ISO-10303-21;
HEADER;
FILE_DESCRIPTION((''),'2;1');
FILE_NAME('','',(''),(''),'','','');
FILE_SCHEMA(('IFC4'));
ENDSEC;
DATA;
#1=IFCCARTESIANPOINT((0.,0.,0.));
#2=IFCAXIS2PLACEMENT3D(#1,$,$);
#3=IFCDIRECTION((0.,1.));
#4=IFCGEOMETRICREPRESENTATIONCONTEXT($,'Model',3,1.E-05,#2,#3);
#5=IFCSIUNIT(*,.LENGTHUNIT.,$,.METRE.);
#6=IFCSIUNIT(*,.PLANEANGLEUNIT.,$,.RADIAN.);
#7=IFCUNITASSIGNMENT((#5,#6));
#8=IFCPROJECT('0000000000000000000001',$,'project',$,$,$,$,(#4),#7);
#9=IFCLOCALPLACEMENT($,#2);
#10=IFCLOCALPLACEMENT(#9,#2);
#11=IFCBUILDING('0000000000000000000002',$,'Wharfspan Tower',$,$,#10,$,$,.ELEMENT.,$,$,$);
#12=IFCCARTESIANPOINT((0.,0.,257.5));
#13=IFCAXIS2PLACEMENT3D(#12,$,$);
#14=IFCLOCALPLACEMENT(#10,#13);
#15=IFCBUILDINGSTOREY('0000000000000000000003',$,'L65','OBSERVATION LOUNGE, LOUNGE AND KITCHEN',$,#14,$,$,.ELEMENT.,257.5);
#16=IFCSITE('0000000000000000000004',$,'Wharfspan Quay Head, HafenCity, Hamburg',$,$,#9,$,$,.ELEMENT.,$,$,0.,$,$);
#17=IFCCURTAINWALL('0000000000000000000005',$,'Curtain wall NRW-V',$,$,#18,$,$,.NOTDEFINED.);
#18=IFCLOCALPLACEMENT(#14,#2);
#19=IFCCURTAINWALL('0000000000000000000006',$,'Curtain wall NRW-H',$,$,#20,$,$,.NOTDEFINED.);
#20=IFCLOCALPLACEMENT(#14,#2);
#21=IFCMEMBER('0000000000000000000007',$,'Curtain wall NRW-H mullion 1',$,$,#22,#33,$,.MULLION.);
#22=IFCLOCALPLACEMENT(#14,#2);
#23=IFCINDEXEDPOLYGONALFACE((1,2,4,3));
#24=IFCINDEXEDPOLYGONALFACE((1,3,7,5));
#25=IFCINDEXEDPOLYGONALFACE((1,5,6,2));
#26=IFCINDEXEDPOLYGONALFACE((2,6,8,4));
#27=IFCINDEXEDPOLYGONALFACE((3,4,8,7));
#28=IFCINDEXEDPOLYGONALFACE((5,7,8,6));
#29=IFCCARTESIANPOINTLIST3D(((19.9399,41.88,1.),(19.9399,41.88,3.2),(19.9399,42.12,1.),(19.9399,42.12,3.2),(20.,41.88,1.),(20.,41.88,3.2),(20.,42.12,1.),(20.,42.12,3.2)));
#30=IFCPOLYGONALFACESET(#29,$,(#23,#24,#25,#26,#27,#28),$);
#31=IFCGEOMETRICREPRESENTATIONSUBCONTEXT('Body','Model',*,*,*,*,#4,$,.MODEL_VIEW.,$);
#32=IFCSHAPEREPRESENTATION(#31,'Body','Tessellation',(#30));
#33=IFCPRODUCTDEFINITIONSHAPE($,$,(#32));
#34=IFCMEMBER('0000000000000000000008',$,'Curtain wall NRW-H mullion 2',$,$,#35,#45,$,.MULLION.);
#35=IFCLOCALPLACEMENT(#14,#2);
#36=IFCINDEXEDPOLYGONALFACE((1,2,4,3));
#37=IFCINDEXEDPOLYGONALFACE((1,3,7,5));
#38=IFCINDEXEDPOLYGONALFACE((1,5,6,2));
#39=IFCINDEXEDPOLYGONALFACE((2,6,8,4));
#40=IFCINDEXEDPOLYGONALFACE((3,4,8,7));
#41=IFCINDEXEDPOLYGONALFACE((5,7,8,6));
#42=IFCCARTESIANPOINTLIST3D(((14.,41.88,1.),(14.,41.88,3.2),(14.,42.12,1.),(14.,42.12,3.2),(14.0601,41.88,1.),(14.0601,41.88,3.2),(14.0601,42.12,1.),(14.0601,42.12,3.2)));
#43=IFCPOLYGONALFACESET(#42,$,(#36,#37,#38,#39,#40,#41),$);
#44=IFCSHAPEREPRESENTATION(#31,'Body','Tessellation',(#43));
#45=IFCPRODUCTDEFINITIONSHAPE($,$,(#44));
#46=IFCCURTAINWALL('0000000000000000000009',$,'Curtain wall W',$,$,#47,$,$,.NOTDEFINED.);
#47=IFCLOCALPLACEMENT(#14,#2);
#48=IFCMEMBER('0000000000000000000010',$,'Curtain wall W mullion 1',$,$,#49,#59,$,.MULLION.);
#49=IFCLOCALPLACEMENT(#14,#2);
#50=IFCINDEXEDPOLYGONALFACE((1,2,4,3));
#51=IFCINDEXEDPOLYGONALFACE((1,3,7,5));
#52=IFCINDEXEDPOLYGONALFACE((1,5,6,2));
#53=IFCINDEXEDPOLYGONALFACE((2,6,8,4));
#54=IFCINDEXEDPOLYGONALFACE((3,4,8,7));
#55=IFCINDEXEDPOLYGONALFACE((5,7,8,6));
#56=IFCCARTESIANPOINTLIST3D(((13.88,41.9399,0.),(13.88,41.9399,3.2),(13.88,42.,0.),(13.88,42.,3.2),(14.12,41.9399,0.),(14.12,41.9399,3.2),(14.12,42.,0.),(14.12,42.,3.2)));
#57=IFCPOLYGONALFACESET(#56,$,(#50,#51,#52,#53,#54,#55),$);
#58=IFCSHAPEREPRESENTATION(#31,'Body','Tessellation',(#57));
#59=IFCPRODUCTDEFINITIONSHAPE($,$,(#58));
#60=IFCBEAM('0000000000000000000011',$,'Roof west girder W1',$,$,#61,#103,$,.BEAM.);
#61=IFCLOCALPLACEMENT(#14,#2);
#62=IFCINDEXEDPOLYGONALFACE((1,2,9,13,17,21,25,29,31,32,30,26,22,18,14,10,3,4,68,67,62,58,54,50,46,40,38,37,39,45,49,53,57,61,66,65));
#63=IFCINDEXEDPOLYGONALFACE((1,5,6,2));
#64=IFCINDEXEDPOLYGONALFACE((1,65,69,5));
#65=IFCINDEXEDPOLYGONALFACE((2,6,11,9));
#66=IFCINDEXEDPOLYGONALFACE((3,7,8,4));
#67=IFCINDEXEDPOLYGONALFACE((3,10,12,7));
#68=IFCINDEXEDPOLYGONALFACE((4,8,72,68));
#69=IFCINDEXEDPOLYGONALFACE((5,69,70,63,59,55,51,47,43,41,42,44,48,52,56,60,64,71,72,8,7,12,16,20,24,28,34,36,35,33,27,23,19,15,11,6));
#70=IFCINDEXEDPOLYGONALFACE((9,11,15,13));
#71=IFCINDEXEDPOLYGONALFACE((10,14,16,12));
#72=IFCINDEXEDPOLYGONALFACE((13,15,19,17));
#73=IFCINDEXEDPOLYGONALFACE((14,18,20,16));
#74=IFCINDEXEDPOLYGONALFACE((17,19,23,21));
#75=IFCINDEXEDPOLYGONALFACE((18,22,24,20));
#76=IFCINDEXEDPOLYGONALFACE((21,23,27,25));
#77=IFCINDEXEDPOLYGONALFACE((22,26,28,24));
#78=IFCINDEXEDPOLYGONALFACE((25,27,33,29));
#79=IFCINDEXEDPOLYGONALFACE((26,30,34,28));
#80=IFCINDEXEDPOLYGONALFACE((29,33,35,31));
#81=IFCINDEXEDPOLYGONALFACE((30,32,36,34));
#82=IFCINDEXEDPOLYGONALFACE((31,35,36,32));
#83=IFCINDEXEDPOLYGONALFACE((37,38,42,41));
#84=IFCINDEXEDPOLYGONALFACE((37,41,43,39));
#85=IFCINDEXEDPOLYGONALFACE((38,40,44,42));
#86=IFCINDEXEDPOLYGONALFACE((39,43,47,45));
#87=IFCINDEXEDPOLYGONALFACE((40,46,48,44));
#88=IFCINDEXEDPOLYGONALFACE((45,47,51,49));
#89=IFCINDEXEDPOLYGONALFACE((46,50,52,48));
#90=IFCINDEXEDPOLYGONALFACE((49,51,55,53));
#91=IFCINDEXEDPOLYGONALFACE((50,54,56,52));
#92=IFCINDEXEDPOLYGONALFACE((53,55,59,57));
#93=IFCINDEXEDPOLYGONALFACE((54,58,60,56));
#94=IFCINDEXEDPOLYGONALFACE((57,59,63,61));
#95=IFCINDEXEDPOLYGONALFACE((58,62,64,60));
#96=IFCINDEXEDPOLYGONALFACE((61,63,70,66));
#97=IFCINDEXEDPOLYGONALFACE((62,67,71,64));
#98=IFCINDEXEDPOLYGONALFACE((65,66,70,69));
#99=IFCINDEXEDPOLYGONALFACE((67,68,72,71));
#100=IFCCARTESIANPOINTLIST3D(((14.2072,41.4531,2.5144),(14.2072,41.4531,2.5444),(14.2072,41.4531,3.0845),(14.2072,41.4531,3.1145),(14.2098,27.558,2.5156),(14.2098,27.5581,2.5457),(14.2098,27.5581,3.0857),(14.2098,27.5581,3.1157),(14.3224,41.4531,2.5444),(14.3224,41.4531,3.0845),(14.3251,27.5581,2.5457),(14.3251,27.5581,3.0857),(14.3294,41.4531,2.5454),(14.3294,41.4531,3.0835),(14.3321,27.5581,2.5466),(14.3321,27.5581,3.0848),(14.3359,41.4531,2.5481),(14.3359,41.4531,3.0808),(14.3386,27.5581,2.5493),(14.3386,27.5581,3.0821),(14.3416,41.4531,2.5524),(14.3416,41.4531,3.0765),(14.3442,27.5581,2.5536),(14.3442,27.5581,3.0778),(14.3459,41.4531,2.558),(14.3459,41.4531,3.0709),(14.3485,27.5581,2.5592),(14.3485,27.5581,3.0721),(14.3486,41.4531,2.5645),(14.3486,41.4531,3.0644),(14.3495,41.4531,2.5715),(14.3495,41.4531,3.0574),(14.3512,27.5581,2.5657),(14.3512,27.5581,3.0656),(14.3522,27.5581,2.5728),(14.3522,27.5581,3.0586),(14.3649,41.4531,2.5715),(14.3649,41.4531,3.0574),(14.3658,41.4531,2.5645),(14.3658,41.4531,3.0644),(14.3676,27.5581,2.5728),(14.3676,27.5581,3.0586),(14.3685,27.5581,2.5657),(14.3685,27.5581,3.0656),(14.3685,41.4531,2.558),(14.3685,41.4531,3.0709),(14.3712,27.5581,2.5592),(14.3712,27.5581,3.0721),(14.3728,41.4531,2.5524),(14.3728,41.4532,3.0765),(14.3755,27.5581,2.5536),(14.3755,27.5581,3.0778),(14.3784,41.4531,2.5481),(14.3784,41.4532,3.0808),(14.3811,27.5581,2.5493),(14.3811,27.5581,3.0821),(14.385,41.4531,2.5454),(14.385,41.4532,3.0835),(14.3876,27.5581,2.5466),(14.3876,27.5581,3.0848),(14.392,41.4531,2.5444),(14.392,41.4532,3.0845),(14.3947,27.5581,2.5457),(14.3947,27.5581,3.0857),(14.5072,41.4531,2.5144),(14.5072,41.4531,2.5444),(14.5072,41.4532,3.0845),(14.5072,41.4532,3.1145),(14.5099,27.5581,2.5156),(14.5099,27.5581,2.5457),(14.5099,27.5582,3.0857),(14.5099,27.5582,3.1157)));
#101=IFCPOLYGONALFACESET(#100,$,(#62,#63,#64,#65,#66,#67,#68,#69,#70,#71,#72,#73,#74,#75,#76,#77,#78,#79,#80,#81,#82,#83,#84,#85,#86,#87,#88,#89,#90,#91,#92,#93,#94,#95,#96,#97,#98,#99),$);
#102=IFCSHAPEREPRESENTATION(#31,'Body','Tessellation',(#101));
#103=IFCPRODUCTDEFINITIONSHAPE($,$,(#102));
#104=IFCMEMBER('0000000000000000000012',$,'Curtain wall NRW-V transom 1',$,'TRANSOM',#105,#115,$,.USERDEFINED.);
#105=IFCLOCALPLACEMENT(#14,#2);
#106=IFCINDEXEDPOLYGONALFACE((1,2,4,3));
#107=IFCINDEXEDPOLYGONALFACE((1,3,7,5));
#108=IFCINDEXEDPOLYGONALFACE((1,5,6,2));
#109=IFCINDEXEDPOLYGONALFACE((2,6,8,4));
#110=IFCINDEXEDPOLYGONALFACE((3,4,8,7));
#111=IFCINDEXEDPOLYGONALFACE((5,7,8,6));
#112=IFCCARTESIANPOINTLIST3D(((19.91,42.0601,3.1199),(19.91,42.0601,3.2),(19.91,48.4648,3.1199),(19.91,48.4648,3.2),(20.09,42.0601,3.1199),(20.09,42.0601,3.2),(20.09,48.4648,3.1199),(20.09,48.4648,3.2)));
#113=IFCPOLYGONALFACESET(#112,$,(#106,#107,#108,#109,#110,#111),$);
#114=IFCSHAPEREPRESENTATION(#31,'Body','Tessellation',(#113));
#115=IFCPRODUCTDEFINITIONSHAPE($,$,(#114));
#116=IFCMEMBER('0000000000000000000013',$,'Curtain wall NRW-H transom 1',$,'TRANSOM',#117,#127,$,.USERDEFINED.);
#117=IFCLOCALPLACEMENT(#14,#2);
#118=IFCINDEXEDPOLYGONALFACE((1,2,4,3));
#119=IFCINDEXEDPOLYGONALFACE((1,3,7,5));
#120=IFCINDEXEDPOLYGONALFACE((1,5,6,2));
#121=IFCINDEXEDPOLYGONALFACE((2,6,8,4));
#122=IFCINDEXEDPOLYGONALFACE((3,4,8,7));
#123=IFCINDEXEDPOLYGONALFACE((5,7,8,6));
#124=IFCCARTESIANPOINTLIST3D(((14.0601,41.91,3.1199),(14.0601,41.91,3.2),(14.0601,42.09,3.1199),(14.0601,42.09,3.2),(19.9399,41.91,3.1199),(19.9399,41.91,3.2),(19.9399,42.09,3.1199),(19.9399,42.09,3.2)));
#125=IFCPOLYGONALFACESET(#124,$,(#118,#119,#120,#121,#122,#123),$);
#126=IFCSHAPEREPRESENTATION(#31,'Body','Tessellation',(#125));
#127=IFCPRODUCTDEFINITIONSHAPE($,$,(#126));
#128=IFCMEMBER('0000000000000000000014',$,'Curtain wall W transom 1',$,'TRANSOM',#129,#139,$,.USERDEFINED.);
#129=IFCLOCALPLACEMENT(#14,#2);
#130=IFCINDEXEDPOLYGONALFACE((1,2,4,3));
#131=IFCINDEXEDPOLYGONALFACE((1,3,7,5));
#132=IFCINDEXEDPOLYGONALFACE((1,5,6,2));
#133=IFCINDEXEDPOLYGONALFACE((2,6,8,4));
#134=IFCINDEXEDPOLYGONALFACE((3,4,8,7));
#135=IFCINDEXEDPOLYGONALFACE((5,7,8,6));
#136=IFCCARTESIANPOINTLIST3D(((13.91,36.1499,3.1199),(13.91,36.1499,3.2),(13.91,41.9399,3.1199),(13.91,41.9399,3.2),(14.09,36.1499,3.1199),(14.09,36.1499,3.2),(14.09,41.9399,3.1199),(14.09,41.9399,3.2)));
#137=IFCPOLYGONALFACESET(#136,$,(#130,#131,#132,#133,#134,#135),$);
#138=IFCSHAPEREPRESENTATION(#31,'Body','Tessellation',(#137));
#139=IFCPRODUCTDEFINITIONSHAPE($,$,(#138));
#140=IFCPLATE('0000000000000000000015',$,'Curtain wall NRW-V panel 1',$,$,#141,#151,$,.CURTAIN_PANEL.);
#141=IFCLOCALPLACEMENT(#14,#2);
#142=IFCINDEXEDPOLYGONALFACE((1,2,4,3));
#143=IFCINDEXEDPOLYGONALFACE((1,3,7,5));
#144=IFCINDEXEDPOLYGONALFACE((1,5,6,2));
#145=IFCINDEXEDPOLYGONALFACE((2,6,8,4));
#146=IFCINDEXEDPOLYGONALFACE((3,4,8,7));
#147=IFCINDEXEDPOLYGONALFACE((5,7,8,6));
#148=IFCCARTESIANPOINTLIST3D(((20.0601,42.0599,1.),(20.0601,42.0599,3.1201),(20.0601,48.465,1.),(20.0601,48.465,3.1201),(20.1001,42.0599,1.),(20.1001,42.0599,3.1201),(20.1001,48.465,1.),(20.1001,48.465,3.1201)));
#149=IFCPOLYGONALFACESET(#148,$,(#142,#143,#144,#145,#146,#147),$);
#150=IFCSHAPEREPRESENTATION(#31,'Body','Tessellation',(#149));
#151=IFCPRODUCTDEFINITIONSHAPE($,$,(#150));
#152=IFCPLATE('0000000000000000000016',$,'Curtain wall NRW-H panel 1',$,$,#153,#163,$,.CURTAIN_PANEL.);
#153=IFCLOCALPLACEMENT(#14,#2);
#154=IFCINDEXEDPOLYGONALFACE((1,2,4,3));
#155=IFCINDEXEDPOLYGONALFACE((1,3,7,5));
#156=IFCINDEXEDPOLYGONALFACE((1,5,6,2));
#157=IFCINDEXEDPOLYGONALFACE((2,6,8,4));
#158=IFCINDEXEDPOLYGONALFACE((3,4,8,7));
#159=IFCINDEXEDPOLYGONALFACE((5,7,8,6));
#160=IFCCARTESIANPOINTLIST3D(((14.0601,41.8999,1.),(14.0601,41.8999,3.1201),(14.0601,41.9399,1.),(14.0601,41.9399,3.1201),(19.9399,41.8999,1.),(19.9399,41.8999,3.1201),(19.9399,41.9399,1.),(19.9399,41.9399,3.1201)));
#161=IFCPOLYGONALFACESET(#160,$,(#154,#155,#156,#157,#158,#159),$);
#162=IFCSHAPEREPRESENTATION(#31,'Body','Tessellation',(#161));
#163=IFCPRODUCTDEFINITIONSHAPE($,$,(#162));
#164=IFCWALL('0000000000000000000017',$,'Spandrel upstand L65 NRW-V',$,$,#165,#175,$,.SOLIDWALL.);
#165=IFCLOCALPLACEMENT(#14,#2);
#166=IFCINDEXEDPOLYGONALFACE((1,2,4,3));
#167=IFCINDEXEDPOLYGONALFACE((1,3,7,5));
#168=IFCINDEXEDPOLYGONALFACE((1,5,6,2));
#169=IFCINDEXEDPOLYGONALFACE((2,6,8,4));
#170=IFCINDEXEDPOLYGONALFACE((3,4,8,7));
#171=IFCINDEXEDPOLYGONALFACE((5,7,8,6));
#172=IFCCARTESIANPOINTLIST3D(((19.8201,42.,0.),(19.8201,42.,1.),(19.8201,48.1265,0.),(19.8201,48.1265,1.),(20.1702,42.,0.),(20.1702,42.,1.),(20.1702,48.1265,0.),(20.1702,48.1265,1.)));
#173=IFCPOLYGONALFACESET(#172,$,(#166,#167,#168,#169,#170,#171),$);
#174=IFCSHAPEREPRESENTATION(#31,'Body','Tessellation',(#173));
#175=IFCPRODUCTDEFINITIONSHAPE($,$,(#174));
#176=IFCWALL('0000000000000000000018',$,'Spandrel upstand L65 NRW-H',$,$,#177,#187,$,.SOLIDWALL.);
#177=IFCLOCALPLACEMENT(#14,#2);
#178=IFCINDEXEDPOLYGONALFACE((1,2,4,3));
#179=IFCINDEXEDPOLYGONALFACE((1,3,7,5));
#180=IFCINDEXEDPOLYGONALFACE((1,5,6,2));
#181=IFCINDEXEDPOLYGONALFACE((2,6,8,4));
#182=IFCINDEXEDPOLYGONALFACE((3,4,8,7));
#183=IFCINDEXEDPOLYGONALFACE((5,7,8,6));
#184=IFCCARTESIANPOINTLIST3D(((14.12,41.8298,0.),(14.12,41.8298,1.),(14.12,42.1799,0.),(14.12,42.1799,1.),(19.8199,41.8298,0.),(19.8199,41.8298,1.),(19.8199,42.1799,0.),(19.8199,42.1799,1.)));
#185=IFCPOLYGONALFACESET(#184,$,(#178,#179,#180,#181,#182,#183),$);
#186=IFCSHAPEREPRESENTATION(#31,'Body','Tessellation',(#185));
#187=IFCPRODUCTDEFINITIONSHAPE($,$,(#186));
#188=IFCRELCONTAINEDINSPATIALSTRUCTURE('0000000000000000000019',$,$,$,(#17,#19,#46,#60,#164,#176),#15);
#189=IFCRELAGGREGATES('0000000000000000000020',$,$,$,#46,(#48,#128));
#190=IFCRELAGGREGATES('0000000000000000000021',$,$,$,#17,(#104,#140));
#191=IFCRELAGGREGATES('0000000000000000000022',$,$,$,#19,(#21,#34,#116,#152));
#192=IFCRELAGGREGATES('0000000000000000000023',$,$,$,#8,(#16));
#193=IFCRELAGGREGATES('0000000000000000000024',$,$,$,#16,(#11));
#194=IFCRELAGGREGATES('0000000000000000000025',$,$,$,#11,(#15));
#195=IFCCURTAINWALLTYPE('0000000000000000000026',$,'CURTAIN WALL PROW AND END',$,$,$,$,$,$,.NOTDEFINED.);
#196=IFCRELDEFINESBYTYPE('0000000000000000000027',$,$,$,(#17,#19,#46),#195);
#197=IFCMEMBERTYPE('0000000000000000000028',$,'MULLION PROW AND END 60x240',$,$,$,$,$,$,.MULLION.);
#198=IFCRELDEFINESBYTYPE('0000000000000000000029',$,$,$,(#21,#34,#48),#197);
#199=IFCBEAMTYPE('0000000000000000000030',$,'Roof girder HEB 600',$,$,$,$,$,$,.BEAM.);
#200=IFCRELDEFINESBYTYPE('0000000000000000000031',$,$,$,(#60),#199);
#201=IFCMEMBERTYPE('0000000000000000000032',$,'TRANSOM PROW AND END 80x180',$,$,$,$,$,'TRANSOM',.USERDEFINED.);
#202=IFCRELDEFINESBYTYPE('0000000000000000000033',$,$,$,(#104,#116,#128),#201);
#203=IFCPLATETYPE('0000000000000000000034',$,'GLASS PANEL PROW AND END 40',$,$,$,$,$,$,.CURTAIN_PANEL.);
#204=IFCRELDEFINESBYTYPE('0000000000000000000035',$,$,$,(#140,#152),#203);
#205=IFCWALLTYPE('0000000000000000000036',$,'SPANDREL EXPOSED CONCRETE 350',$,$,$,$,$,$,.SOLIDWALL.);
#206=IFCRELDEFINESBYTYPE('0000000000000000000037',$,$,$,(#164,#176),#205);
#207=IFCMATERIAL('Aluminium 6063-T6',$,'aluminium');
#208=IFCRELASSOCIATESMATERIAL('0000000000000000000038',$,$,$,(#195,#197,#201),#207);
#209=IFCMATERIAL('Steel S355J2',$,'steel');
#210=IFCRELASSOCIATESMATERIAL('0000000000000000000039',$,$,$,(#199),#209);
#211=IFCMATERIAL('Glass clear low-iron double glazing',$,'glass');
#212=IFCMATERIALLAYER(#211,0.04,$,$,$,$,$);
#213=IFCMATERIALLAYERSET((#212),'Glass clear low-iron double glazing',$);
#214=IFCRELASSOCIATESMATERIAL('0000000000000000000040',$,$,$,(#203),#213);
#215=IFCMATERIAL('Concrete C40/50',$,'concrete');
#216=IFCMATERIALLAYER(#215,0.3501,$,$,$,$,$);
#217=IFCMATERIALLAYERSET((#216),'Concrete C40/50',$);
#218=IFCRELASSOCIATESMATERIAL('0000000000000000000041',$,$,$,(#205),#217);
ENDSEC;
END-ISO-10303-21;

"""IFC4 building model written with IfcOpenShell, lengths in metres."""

from ifc_helpers import new_model, si_unit, direction, frame, frame_2d, origin, origin_2d, place, context, subcontext, project, spatial, rectangle, i_section, extrude, material, layer, layer_set, material_profile, profile_set, type_object, element, aggregate, save


model = new_model("IFC4")

# Units and contexts
model_context = context("Model", 3, precision=1e-05, world=origin(), true_north=direction((0.0, 1.0)))
body_context = subcontext(model_context, "Body", "Model", "MODEL_VIEW")
ifc_project = project(units=[si_unit("LENGTHUNIT", "METRE"), si_unit("PLANEANGLEUNIT", "RADIAN")], contexts=[model_context])

# Site, building, storey
site_placement = place(None, origin())
site = spatial("IfcSite", under=ifc_project, at=site_placement, Name="Wharfspan Quay Head, HafenCity, Hamburg", CompositionType="ELEMENT", RefElevation=0.0)
building_placement = place(site_placement, origin())
building = spatial("IfcBuilding", under=site, at=building_placement, Name="Wharfspan Tower", CompositionType="ELEMENT")
storey_placement = place(building_placement, frame((0.0, 0.0, 257.5)))
storey = spatial("IfcBuildingStorey", under=building, at=storey_placement, Name="L65", Description="OBSERVATION LOUNGE, LOUNGE AND KITCHEN", CompositionType="ELEMENT", Elevation=257.5)

# Shared definitions
ifc_material_1 = material(Name="Steel S355J2", Category="steel")

# Curtain walls, members
ifc_material_2 = material(Name="Aluminium 6063-T6", Category="aluminium")
curtain_wall_type = type_object("IfcCurtainWallType", Name="CURTAIN WALL PROW AND END", PredefinedType="NOTDEFINED", material=ifc_material_2)
curtain_wall_1_placement = place(storey_placement, origin())
curtain_wall_1 = element("IfcCurtainWall", 1, at=curtain_wall_1_placement, inside=storey, type_object=curtain_wall_type, Name="Curtain wall NRW-V", PredefinedType="NOTDEFINED")
ifc_material_profile_1 = material_profile(ifc_material_2, rectangle(XDim=0.24, YDim=0.0601, at=origin_2d()))
ifc_profile_set_1 = profile_set([ifc_material_profile_1], Name="Aluminium 6063-T6")
member_type_1 = type_object("IfcMemberType", Name="MULLION PROW AND END 60x240", PredefinedType="MULLION", material=ifc_profile_set_1)
curtain_wall_2_placement = place(storey_placement, origin())
curtain_wall_2 = element("IfcCurtainWall", 2, at=curtain_wall_2_placement, inside=storey, type_object=curtain_wall_type, Name="Curtain wall NRW-H", PredefinedType="NOTDEFINED")
member_1_placement = place(storey_placement, frame((19.97, 42.0, 1.0), z_axis=(0.0, 0.0, 1.0), x_axis=(0.0, -1.0, 0.0)))
member_1 = element("IfcMember", 3, at=member_1_placement, type_object=member_type_1, Name="Curtain wall NRW-H mullion 1", PredefinedType="MULLION", context=body_context, shape_type="SweptSolid", body=[
    extrude(rectangle(XDim=0.24, YDim=0.0601, at=origin_2d()), origin(), (0.0, 0.0, 1.0), 2.2),
])
member_2_placement = place(storey_placement, frame((14.03, 42.0, 1.0), z_axis=(0.0, 0.0, 1.0), x_axis=(0.0, -1.0, 0.0)))
member_2 = element("IfcMember", 4, at=member_2_placement, type_object=member_type_1, Name="Curtain wall NRW-H mullion 2", PredefinedType="MULLION", context=body_context, shape_type="SweptSolid", body=[
    extrude(rectangle(XDim=0.24, YDim=0.0601, at=origin_2d()), origin(), (0.0, 0.0, 1.0), 2.2),
])

# Curtain wall, member
curtain_wall_3_placement = place(storey_placement, origin())
curtain_wall_3 = element("IfcCurtainWall", 5, at=curtain_wall_3_placement, inside=storey, type_object=curtain_wall_type, Name="Curtain wall W", PredefinedType="NOTDEFINED")
member_3_placement = place(storey_placement, frame((14.0, 41.97, 0.0), z_axis=(0.0, 0.0, 1.0), x_axis=(1.0, 0.0, 0.0)))
member_3 = element("IfcMember", 6, at=member_3_placement, type_object=member_type_1, Name="Curtain wall W mullion 1", PredefinedType="MULLION", context=body_context, shape_type="SweptSolid", body=[
    extrude(rectangle(XDim=0.24, YDim=0.0601, at=origin_2d()), origin(), (0.0, 0.0, 1.0), 3.2),
])

# Beam
ifc_material_profile_2 = material_profile(ifc_material_1, i_section(OverallWidth=0.3, OverallDepth=0.6001, WebThickness=0.0154, FlangeThickness=0.03, FilletRadius=0.0271, at=origin_2d()))
ifc_profile_set_2 = profile_set([ifc_material_profile_2], Name="Steel S355J2")
beam_type_1 = type_object("IfcBeamType", Name="Roof girder HEB 600", PredefinedType="BEAM", material=ifc_profile_set_2)
beam_1_placement = place(storey_placement, frame((14.3572, 41.4531, 2.8145), z_axis=(0.000193, -1.0, 0.000088), x_axis=(1.0, 0.000193, 0.0)))
element("IfcBeam", 7, at=beam_1_placement, inside=storey, type_object=beam_type_1, Name="Roof west girder W1", PredefinedType="BEAM", context=body_context, shape_type="SweptSolid", body=[
    extrude(i_section(OverallWidth=0.3, OverallDepth=0.6001, WebThickness=0.0154, FlangeThickness=0.03, FilletRadius=0.0271, at=origin_2d()), origin(), (0.0, 0.0, 1.0), 13.895),
])

# Members
ifc_material_profile_3 = material_profile(ifc_material_2, rectangle(XDim=0.1799, YDim=0.0801, at=origin_2d()))
ifc_profile_set_3 = profile_set([ifc_material_profile_3], Name="Aluminium 6063-T6")
member_type_2 = type_object("IfcMemberType", Name="TRANSOM PROW AND END 80x180", ElementType="TRANSOM", PredefinedType="USERDEFINED", material=ifc_profile_set_3)
member_4_placement = place(storey_placement, frame((20.0, 48.4648, 3.1599), z_axis=(0.0, -1.0, 0.0), x_axis=(1.0, 0.0, 0.0)))
member_4 = element("IfcMember", 8, at=member_4_placement, type_object=member_type_2, Name="Curtain wall NRW-V transom 1", ObjectType="TRANSOM", PredefinedType="USERDEFINED", context=body_context, shape_type="SweptSolid", body=[
    extrude(rectangle(XDim=0.1799, YDim=0.0801, at=origin_2d()), origin(), (0.0, 0.0, 1.0), 6.4048),
])
member_5_placement = place(storey_placement, frame((19.9399, 42.0, 3.1599), z_axis=(-1.0, 0.0, 0.0), x_axis=(0.0, -1.0, 0.0)))
member_5 = element("IfcMember", 9, at=member_5_placement, type_object=member_type_2, Name="Curtain wall NRW-H transom 1", ObjectType="TRANSOM", PredefinedType="USERDEFINED", context=body_context, shape_type="SweptSolid", body=[
    extrude(rectangle(XDim=0.1799, YDim=0.0801, at=origin_2d()), origin(), (0.0, 0.0, 1.0), 5.8799),
])
member_6_placement = place(storey_placement, frame((14.0, 41.9399, 3.1599), z_axis=(0.0, -1.0, 0.0), x_axis=(1.0, 0.0, 0.0)))
member_6 = element("IfcMember", 10, at=member_6_placement, type_object=member_type_2, Name="Curtain wall W transom 1", ObjectType="TRANSOM", PredefinedType="USERDEFINED", context=body_context, shape_type="SweptSolid", body=[
    extrude(rectangle(XDim=0.1799, YDim=0.0801, at=origin_2d()), origin(), (0.0, 0.0, 1.0), 5.79),
])
aggregate(curtain_wall_3, [member_3, member_6])

# Plates
ifc_material_3 = material(Name="Glass clear low-iron double glazing", Category="glass")
ifc_layer_1 = layer(ifc_material_3, 0.04)
ifc_layer_set_1 = layer_set([ifc_layer_1], Name="Glass clear low-iron double glazing")
plate_type = type_object("IfcPlateType", Name="GLASS PANEL PROW AND END 40", PredefinedType="CURTAIN_PANEL", material=ifc_layer_set_1)
plate_1_placement = place(storey_placement, frame((20.0801, 45.2625, 1.0), z_axis=(0.0, 0.0, 1.0), x_axis=(0.0, -1.0, 0.0)))
plate_1 = element("IfcPlate", 11, at=plate_1_placement, type_object=plate_type, Name="Curtain wall NRW-V panel 1", PredefinedType="CURTAIN_PANEL", context=body_context, shape_type="SweptSolid", body=[
    extrude(rectangle(XDim=6.405, YDim=0.04, at=origin_2d()), origin(), (0.0, 0.0, 1.0), 2.1201),
])
aggregate(curtain_wall_1, [member_4, plate_1])
plate_2_placement = place(storey_placement, frame((17.0, 41.9199, 1.0), z_axis=(0.0, 0.0, 1.0), x_axis=(-1.0, 0.0, 0.0)))
plate_2 = element("IfcPlate", 12, at=plate_2_placement, type_object=plate_type, Name="Curtain wall NRW-H panel 1", PredefinedType="CURTAIN_PANEL", context=body_context, shape_type="SweptSolid", body=[
    extrude(rectangle(XDim=5.8799, YDim=0.04, at=origin_2d()), origin(), (0.0, 0.0, 1.0), 2.1201),
])
aggregate(curtain_wall_2, [member_1, member_2, member_5, plate_2])

# Walls
ifc_material_4 = material(Name="Concrete C40/50", Category="concrete")
ifc_layer_2 = layer(ifc_material_4, 0.3501)
ifc_layer_set_2 = layer_set([ifc_layer_2], Name="Concrete C40/50")
wall_type = type_object("IfcWallType", Name="SPANDREL EXPOSED CONCRETE 350", PredefinedType="SOLIDWALL", material=ifc_layer_set_2)
wall_1_placement = place(storey_placement, frame((19.9951, 48.1265, 0.0), z_axis=(0.0, 0.0, 1.0), x_axis=(0.0, -1.0, 0.0)))
element("IfcWall", 13, at=wall_1_placement, inside=storey, type_object=wall_type, Name="Spandrel upstand L65 NRW-V", PredefinedType="SOLIDWALL", context=body_context, shape_type="SweptSolid", body=[
    extrude(rectangle(XDim=6.1265, YDim=0.3501, at=frame_2d((3.0632, 0.0))), origin(), (0.0, 0.0, 1.0), 1.0),
])
wall_2_placement = place(storey_placement, frame((19.8201, 42.0049, 0.0), z_axis=(0.0, 0.0, 1.0), x_axis=(-1.0, 0.0, 0.0)))
element("IfcWall", 14, at=wall_2_placement, inside=storey, type_object=wall_type, Name="Spandrel upstand L65 NRW-H", PredefinedType="SOLIDWALL", context=body_context, shape_type="SweptSolid", body=[
    extrude(rectangle(XDim=5.7, YDim=0.3501, at=frame_2d((2.8501, 0.0))), origin(), (0.0, 0.0, 1.0), 1.0),
])

save(model, "model.ifc")
